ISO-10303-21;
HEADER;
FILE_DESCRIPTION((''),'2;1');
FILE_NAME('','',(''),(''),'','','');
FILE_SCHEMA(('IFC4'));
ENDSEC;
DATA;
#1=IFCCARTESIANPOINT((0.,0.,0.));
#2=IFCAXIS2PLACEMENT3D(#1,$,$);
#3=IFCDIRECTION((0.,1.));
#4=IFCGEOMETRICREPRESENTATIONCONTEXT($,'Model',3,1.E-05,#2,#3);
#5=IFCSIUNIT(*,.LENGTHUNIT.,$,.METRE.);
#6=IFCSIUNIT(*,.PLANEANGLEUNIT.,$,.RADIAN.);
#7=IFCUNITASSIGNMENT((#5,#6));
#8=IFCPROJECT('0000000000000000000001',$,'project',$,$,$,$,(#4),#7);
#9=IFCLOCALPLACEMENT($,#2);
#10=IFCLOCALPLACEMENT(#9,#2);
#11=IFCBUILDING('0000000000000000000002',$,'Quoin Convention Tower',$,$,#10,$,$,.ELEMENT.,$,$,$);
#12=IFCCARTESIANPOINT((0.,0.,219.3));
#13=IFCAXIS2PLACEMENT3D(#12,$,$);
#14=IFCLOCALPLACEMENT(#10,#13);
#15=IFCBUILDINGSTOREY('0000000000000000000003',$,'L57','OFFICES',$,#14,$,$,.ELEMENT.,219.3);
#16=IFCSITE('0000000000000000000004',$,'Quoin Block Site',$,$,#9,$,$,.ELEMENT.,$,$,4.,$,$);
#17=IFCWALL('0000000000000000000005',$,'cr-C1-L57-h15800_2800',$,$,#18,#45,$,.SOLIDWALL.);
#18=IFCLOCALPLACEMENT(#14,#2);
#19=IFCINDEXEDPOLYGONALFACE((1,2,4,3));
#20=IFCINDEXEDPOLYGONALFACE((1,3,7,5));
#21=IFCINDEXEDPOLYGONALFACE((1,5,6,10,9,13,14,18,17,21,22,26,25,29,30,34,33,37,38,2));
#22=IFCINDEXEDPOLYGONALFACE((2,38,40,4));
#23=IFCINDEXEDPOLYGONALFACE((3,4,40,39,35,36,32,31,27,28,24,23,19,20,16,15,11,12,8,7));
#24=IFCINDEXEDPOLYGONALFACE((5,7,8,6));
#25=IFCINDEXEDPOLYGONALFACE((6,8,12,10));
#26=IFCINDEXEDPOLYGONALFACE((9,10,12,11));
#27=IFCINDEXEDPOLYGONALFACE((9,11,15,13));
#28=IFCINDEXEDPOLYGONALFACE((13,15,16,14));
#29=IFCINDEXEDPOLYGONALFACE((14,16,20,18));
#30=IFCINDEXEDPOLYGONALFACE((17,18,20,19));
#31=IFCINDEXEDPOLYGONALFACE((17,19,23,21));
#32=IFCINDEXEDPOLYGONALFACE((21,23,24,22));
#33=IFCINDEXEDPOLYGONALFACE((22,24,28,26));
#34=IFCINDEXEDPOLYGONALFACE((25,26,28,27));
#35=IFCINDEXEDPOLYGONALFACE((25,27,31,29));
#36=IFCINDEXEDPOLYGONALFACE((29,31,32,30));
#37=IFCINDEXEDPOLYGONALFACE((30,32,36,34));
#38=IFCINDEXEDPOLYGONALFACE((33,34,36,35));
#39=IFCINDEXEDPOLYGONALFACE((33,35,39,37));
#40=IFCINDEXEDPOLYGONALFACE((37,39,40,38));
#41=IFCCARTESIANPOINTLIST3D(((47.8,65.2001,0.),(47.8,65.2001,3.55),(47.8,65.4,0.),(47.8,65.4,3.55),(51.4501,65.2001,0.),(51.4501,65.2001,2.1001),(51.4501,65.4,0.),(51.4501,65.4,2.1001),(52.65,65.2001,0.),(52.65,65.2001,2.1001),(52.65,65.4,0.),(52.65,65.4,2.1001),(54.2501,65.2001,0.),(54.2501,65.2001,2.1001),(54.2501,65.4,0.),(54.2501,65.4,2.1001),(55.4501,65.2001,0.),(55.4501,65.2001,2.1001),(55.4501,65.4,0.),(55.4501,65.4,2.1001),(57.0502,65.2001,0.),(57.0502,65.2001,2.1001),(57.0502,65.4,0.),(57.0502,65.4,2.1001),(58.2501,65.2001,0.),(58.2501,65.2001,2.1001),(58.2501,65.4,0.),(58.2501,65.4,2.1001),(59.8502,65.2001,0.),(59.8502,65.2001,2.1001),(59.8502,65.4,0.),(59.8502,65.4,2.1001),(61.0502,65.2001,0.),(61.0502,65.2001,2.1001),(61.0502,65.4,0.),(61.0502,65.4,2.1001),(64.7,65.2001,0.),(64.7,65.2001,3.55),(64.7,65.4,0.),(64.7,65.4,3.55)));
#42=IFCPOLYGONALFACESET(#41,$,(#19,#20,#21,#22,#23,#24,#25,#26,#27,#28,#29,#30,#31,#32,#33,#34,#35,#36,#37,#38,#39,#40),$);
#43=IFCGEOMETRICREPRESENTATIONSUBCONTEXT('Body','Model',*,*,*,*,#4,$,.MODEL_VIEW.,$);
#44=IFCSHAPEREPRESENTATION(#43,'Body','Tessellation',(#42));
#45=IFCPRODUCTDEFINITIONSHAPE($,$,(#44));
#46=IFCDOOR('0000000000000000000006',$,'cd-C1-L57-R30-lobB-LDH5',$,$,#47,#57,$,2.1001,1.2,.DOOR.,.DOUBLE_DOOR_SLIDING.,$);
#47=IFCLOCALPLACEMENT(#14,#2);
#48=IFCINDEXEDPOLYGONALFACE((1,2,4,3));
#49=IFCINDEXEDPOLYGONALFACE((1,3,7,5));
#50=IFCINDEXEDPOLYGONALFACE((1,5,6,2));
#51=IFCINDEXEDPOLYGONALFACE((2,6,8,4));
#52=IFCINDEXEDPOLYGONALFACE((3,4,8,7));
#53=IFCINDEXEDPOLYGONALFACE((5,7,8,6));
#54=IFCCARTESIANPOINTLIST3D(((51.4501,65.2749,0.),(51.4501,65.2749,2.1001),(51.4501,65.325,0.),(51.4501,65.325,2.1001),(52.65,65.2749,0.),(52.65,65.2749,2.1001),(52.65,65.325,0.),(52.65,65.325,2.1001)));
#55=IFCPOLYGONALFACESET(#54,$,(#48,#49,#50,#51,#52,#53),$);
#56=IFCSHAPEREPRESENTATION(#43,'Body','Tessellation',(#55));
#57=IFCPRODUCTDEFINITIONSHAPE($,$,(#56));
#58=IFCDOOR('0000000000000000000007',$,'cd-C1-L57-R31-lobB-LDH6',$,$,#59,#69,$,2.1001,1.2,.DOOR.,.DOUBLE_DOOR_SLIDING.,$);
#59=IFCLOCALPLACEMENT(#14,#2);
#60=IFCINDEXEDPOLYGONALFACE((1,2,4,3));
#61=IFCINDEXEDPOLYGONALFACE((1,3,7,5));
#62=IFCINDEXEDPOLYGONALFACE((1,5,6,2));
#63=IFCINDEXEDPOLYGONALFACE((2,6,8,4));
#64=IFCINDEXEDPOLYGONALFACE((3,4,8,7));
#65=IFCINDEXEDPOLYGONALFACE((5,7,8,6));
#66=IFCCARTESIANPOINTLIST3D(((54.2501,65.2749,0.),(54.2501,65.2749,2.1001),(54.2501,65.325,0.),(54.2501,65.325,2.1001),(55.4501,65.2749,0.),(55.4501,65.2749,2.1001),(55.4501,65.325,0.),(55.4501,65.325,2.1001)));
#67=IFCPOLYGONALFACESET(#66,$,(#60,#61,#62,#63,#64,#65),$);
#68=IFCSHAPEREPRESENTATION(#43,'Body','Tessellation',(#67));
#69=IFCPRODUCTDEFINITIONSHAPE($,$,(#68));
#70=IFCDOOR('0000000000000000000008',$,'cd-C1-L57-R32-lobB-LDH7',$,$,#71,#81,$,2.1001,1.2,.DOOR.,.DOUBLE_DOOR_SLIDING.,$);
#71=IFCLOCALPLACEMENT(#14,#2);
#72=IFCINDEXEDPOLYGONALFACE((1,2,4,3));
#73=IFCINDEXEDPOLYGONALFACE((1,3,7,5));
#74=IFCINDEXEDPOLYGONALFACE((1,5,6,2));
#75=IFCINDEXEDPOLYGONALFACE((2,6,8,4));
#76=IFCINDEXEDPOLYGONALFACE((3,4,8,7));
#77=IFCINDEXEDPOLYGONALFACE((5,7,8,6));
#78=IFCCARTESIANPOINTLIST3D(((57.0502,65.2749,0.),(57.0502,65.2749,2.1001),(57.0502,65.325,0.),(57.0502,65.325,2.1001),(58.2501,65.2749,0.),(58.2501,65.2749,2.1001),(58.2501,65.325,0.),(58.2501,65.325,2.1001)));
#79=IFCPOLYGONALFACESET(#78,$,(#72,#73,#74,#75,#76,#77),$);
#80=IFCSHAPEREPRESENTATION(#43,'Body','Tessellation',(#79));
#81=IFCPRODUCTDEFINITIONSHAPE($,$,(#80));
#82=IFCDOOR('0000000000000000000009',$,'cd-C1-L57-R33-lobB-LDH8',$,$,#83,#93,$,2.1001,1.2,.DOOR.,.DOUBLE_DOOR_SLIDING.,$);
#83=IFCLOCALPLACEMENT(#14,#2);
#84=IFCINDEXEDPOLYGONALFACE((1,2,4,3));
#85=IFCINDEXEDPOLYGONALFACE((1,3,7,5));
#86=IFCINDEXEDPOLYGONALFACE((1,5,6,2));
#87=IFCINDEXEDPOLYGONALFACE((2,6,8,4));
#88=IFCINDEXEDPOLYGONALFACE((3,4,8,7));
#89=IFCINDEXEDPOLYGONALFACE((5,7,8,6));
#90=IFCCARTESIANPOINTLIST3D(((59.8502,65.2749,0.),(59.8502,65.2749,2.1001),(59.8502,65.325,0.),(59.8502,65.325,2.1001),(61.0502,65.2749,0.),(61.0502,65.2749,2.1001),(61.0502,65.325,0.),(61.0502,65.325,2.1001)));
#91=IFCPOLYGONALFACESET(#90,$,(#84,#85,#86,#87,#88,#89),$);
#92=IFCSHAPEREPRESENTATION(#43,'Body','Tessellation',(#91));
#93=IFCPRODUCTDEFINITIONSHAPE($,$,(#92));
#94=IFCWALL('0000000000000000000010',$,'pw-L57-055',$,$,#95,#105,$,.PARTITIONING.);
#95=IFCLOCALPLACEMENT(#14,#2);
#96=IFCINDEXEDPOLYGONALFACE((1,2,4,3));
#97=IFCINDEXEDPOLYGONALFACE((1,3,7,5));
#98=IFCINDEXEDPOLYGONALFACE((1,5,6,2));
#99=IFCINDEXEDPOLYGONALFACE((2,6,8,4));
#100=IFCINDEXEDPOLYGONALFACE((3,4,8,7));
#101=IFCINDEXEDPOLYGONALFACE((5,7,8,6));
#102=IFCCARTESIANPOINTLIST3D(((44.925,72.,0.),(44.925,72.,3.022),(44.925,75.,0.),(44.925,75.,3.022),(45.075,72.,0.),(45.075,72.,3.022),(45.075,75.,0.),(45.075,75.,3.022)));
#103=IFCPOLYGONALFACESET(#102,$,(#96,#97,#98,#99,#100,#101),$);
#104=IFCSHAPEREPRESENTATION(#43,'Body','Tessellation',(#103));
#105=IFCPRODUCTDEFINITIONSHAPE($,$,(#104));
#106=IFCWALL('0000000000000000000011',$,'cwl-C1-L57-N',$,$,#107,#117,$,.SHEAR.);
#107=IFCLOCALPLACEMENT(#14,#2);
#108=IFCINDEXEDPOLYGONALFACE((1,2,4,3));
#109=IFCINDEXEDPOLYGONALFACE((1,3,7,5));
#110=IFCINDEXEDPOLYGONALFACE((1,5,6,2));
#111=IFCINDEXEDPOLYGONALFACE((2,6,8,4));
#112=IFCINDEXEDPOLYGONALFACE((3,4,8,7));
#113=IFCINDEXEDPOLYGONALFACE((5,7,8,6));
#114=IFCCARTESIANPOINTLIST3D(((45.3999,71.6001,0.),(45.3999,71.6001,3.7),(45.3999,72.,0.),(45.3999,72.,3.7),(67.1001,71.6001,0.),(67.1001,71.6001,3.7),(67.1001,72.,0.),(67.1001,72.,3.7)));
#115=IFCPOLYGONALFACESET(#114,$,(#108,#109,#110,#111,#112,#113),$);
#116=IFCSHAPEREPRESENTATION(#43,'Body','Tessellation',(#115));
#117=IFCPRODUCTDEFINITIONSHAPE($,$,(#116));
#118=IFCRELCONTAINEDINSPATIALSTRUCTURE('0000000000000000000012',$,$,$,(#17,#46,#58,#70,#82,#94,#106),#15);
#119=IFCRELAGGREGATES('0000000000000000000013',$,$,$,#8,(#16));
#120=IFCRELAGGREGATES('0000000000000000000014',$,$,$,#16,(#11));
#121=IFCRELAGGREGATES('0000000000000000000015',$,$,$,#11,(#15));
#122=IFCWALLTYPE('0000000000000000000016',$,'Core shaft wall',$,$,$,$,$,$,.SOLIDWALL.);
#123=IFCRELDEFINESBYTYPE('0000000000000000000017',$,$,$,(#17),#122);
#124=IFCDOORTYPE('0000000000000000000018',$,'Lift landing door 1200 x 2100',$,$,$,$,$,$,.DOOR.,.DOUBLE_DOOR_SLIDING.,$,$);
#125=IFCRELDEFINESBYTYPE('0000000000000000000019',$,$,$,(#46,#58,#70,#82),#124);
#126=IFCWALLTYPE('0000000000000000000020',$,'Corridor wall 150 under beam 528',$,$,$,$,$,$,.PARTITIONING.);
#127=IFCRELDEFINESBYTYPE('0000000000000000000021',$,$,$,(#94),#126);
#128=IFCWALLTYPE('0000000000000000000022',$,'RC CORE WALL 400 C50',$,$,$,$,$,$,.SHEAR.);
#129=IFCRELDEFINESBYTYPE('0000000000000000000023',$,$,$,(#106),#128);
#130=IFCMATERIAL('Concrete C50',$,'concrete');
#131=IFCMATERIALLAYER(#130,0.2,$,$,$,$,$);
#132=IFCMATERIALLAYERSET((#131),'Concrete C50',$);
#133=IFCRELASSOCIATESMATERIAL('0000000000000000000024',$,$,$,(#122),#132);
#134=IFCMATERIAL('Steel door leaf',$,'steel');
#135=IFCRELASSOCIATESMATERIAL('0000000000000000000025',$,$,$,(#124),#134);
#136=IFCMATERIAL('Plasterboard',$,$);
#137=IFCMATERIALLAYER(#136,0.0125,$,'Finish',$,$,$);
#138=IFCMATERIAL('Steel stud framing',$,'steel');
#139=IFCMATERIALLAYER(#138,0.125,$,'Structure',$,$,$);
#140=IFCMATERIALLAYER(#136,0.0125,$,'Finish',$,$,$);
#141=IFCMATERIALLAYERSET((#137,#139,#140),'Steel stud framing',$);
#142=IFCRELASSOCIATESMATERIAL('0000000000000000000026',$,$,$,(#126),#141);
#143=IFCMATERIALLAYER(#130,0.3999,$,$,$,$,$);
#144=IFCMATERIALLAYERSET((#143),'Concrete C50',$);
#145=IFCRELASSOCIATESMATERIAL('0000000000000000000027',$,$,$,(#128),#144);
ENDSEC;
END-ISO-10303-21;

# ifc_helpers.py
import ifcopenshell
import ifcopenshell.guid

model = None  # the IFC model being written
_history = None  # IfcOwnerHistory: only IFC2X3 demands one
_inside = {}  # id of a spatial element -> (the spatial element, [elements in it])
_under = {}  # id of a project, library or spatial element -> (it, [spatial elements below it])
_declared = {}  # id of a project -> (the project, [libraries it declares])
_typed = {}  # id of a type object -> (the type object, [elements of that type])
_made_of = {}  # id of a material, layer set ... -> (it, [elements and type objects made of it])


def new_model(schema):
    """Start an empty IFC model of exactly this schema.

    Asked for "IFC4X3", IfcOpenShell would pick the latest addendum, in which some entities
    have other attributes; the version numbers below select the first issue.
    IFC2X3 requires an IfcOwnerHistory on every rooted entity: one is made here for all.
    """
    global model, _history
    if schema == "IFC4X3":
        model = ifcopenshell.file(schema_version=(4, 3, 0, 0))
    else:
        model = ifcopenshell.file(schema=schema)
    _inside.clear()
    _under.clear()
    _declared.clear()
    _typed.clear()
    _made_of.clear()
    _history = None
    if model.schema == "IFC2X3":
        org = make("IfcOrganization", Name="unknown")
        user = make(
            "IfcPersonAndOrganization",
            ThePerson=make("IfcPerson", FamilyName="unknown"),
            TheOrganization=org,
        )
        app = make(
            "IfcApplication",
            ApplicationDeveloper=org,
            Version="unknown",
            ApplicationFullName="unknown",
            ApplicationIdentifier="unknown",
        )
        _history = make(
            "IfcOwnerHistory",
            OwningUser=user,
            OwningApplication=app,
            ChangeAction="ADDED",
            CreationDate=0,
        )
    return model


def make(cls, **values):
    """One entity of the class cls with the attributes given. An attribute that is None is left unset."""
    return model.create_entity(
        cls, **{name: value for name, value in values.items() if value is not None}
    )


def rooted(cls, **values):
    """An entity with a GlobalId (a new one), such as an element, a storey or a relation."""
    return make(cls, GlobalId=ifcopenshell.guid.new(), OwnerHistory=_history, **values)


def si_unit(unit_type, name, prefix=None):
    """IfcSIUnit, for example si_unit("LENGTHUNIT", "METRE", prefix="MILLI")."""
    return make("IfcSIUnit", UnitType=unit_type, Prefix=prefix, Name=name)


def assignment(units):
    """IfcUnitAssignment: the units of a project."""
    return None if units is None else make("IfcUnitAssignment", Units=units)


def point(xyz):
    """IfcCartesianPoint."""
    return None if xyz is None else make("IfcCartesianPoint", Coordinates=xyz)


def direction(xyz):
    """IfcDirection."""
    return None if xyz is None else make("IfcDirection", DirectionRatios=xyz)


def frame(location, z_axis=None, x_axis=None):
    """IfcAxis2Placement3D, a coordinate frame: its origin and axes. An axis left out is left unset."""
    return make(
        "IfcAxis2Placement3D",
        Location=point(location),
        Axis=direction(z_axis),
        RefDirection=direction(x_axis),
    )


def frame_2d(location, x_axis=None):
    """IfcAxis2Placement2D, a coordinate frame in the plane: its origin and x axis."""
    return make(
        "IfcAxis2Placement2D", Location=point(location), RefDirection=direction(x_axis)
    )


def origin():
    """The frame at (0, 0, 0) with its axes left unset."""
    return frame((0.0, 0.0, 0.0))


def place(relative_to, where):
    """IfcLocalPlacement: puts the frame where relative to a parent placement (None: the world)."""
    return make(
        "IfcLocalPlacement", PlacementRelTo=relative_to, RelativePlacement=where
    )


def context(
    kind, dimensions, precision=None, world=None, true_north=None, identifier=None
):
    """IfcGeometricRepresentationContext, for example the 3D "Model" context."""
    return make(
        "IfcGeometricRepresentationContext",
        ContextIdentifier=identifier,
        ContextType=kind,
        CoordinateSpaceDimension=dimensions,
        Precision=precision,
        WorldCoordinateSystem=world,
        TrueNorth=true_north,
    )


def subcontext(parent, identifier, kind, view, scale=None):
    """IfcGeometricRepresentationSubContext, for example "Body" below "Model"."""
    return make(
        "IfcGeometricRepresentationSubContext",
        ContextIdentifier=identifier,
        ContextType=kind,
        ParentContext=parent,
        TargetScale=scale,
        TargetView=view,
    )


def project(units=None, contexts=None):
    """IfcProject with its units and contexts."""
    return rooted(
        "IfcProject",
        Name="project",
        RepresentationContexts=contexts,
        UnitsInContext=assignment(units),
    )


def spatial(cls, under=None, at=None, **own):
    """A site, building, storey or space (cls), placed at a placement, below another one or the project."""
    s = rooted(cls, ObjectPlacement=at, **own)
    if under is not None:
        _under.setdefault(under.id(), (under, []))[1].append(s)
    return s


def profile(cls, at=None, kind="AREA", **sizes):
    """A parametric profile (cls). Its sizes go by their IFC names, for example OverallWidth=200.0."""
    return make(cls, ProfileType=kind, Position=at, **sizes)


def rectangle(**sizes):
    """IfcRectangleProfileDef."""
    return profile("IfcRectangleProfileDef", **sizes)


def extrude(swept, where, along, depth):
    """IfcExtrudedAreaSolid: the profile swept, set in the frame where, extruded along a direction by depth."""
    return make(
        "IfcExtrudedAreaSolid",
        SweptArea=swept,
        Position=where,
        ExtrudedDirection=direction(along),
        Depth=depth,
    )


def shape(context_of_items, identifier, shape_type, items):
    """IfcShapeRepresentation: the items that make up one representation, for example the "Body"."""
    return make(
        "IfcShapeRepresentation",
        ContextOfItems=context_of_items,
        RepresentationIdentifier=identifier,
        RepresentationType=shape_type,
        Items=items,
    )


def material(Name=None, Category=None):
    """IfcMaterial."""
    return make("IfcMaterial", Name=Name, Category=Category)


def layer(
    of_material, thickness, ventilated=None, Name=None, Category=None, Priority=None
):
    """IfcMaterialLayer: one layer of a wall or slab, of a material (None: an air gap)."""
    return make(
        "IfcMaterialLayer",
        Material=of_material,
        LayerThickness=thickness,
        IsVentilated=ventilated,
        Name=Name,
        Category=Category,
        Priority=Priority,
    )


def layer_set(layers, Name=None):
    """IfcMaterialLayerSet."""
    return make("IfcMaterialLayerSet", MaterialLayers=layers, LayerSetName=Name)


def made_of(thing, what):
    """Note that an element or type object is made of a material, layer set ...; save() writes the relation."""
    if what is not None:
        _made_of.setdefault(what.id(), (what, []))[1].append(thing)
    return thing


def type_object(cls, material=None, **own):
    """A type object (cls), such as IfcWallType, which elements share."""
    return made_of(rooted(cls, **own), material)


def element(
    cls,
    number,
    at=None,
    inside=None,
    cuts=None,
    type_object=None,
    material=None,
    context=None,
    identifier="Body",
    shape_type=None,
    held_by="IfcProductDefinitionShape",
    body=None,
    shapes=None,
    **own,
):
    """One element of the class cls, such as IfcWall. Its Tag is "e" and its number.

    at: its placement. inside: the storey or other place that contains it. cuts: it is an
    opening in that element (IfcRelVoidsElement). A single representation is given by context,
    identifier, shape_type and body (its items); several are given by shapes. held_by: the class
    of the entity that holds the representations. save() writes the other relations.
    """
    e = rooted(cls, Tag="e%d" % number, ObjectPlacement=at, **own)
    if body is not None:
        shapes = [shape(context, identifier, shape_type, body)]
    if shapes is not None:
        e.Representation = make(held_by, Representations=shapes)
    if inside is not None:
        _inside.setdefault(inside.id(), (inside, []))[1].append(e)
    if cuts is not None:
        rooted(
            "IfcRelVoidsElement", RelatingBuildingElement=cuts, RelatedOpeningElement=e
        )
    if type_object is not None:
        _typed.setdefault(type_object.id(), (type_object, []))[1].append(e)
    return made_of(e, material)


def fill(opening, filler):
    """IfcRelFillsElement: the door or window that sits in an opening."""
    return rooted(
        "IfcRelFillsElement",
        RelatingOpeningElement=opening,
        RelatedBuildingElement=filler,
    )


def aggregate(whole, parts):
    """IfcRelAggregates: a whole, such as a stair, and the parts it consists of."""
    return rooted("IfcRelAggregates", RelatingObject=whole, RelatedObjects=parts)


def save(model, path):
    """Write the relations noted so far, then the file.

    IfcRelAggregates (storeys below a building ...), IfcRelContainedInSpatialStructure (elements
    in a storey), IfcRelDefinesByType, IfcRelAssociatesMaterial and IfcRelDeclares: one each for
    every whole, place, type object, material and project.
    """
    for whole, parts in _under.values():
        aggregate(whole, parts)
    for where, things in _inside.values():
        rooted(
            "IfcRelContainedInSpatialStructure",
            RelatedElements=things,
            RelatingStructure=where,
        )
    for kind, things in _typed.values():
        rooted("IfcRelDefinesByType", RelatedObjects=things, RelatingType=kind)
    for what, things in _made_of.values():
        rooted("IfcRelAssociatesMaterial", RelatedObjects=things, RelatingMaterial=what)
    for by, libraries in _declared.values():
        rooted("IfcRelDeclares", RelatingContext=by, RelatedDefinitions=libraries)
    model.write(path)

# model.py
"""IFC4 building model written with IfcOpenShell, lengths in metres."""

from ifc_helpers import new_model, si_unit, direction, frame, frame_2d, origin, place, context, subcontext, project, spatial, rectangle, extrude, material, layer, layer_set, type_object, element, fill, save


model = new_model("IFC4")

# Units and contexts
model_context = context("Model", 3, precision=1e-05, world=origin(), true_north=direction((0.0, 1.0)))
body_context = subcontext(model_context, "Body", "Model", "MODEL_VIEW")
ifc_project = project(units=[si_unit("LENGTHUNIT", "METRE"), si_unit("PLANEANGLEUNIT", "RADIAN")], contexts=[model_context])

# Site, building, storey
site_placement = place(None, origin())
site = spatial("IfcSite", under=ifc_project, at=site_placement, Name="Quoin Block Site", CompositionType="ELEMENT", RefElevation=4.0)
building_placement = place(site_placement, origin())
building = spatial("IfcBuilding", under=site, at=building_placement, Name="Quoin Convention Tower", CompositionType="ELEMENT")
storey_placement = place(building_placement, frame((0.0, 0.0, 219.3)))
storey = spatial("IfcBuildingStorey", under=building, at=storey_placement, Name="L57", Description="OFFICES", CompositionType="ELEMENT", Elevation=219.3)

# Shared definitions
ifc_material_1 = material(Name="Plasterboard")
ifc_material_2 = material(Name="Steel stud framing", Category="steel")
ifc_material_3 = material(Name="Steel door leaf", Category="steel")

# Shared definitions
ifc_material_4 = material(Name="Concrete C50", Category="concrete")
ifc_layer_1 = layer(ifc_material_4, 0.2)
ifc_layer_set_1 = layer_set([ifc_layer_1], Name="Concrete C50")
wall_type_1 = type_object("IfcWallType", Name="Core shaft wall", PredefinedType="SOLIDWALL", material=ifc_layer_set_1)

# Wall, openings, doors
wall_1_placement = place(storey_placement, frame((47.8, 65.3, 0.0), z_axis=(0.0, 0.0, 1.0), x_axis=(1.0, 0.0, 0.0)))
wall_1 = element("IfcWall", 1, at=wall_1_placement, inside=storey, type_object=wall_type_1, Name="cr-C1-L57-h15800_2800", PredefinedType="SOLIDWALL", context=body_context, shape_type="SweptSolid", body=[
    extrude(rectangle(XDim=16.8999, YDim=0.2, at=frame_2d((8.45, 0.0))), origin(), (0.0, 0.0, 1.0), 3.55),
])
opening_1_placement = place(wall_1_placement, frame((3.6499, 0.0, 0.0)))
opening_1 = element("IfcOpeningElement", 2, at=opening_1_placement, cuts=wall_1, PredefinedType="OPENING", context=body_context, shape_type="SweptSolid", body=[
    extrude(rectangle(XDim=1.2, YDim=2.1001, at=frame_2d((0.6001, 1.05))), frame((0.0, 0.1099, 0.0), z_axis=(0.0, -1.0, 0.0), x_axis=(1.0, 0.0, 0.0)), (0.0, 0.0, 1.0), 0.22),
])
opening_2_placement = place(wall_1_placement, frame((6.45, 0.0, 0.0)))
opening_2 = element("IfcOpeningElement", 3, at=opening_2_placement, cuts=wall_1, PredefinedType="OPENING", context=body_context, shape_type="SweptSolid", body=[
    extrude(rectangle(XDim=1.2, YDim=2.1001, at=frame_2d((0.6001, 1.05))), frame((0.0, 0.1099, 0.0), z_axis=(0.0, -1.0, 0.0), x_axis=(1.0, 0.0, 0.0)), (0.0, 0.0, 1.0), 0.22),
])
opening_3_placement = place(wall_1_placement, frame((9.25, 0.0, 0.0)))
opening_3 = element("IfcOpeningElement", 4, at=opening_3_placement, cuts=wall_1, PredefinedType="OPENING", context=body_context, shape_type="SweptSolid", body=[
    extrude(rectangle(XDim=1.2, YDim=2.1001, at=frame_2d((0.6001, 1.05))), frame((0.0, 0.1099, 0.0), z_axis=(0.0, -1.0, 0.0), x_axis=(1.0, 0.0, 0.0)), (0.0, 0.0, 1.0), 0.22),
])
opening_4_placement = place(wall_1_placement, frame((12.05, 0.0, 0.0)))
opening_4 = element("IfcOpeningElement", 5, at=opening_4_placement, cuts=wall_1, PredefinedType="OPENING", context=body_context, shape_type="SweptSolid", body=[
    extrude(rectangle(XDim=1.2, YDim=2.1001, at=frame_2d((0.6001, 1.05))), frame((0.0, 0.1099, 0.0), z_axis=(0.0, -1.0, 0.0), x_axis=(1.0, 0.0, 0.0)), (0.0, 0.0, 1.0), 0.22),
])
door_type_1 = type_object("IfcDoorType", Name="Lift landing door 1200 x 2100", OperationType="DOUBLE_DOOR_SLIDING", PredefinedType="DOOR", material=ifc_material_3)
door_1_placement = place(opening_1_placement, origin())
door_1 = element("IfcDoor", 6, at=door_1_placement, inside=storey, type_object=door_type_1, Name="cd-C1-L57-R30-lobB-LDH5", OperationType="DOUBLE_DOOR_SLIDING", OverallHeight=2.1001, OverallWidth=1.2, PredefinedType="DOOR", context=body_context, shape_type="SweptSolid", body=[
    extrude(rectangle(XDim=1.2, YDim=2.1001, at=frame_2d((0.6001, 1.05))), frame((0.0, 0.0249, 0.0), z_axis=(0.0, -1.0, 0.0), x_axis=(1.0, 0.0, 0.0)), (0.0, 0.0, 1.0), 0.05),
])
fill(opening_1, door_1)
door_2_placement = place(opening_2_placement, origin())
door_2 = element("IfcDoor", 7, at=door_2_placement, inside=storey, type_object=door_type_1, Name="cd-C1-L57-R31-lobB-LDH6", OperationType="DOUBLE_DOOR_SLIDING", OverallHeight=2.1001, OverallWidth=1.2, PredefinedType="DOOR", context=body_context, shape_type="SweptSolid", body=[
    extrude(rectangle(XDim=1.2, YDim=2.1001, at=frame_2d((0.6001, 1.05))), frame((0.0, 0.0249, 0.0), z_axis=(0.0, -1.0, 0.0), x_axis=(1.0, 0.0, 0.0)), (0.0, 0.0, 1.0), 0.05),
])
fill(opening_2, door_2)
door_3_placement = place(opening_3_placement, origin())
door_3 = element("IfcDoor", 8, at=door_3_placement, inside=storey, type_object=door_type_1, Name="cd-C1-L57-R32-lobB-LDH7", OperationType="DOUBLE_DOOR_SLIDING", OverallHeight=2.1001, OverallWidth=1.2, PredefinedType="DOOR", context=body_context, shape_type="SweptSolid", body=[
    extrude(rectangle(XDim=1.2, YDim=2.1001, at=frame_2d((0.6001, 1.05))), frame((0.0, 0.0249, 0.0), z_axis=(0.0, -1.0, 0.0), x_axis=(1.0, 0.0, 0.0)), (0.0, 0.0, 1.0), 0.05),
])
fill(opening_3, door_3)
door_4_placement = place(opening_4_placement, origin())
door_4 = element("IfcDoor", 9, at=door_4_placement, inside=storey, type_object=door_type_1, Name="cd-C1-L57-R33-lobB-LDH8", OperationType="DOUBLE_DOOR_SLIDING", OverallHeight=2.1001, OverallWidth=1.2, PredefinedType="DOOR", context=body_context, shape_type="SweptSolid", body=[
    extrude(rectangle(XDim=1.2, YDim=2.1001, at=frame_2d((0.6001, 1.05))), frame((0.0, 0.0249, 0.0), z_axis=(0.0, -1.0, 0.0), x_axis=(1.0, 0.0, 0.0)), (0.0, 0.0, 1.0), 0.05),
])
fill(opening_4, door_4)

# Walls
ifc_layer_2 = layer(ifc_material_1, 0.0125, Name="Finish")
ifc_layer_3 = layer(ifc_material_2, 0.125, Name="Structure")
ifc_layer_4 = layer(ifc_material_1, 0.0125, Name="Finish")
ifc_layer_set_2 = layer_set([ifc_layer_2, ifc_layer_3, ifc_layer_4], Name="Steel stud framing")
wall_type_2 = type_object("IfcWallType", Name="Corridor wall 150 under beam 528", PredefinedType="PARTITIONING", material=ifc_layer_set_2)
wall_2_placement = place(storey_placement, frame((45.0, 72.0, 0.0), z_axis=(0.0, 0.0, 1.0), x_axis=(0.0, 1.0, 0.0)))
element("IfcWall", 10, at=wall_2_placement, inside=storey, type_object=wall_type_2, Name="pw-L57-055", PredefinedType="PARTITIONING", context=body_context, shape_type="SweptSolid", body=[
    extrude(rectangle(XDim=3.0, YDim=0.1499, at=frame_2d((1.5, 0.0))), origin(), (0.0, 0.0, 1.0), 3.022),
])
ifc_layer_5 = layer(ifc_material_4, 0.3999)
ifc_layer_set_3 = layer_set([ifc_layer_5], Name="Concrete C50")
wall_type_3 = type_object("IfcWallType", Name="RC CORE WALL 400 C50", PredefinedType="SHEAR", material=ifc_layer_set_3)
wall_3_placement = place(storey_placement, frame((45.3999, 71.8, 0.0), z_axis=(0.0, 0.0, 1.0), x_axis=(1.0, 0.0, 0.0)))
element("IfcWall", 11, at=wall_3_placement, inside=storey, type_object=wall_type_3, Name="cwl-C1-L57-N", PredefinedType="SHEAR", context=body_context, shape_type="SweptSolid", body=[
    extrude(rectangle(XDim=21.7002, YDim=0.3999, at=frame_2d((10.8501, 0.0))), origin(), (0.0, 0.0, 1.0), 3.7),
])

save(model, "model.ifc")
